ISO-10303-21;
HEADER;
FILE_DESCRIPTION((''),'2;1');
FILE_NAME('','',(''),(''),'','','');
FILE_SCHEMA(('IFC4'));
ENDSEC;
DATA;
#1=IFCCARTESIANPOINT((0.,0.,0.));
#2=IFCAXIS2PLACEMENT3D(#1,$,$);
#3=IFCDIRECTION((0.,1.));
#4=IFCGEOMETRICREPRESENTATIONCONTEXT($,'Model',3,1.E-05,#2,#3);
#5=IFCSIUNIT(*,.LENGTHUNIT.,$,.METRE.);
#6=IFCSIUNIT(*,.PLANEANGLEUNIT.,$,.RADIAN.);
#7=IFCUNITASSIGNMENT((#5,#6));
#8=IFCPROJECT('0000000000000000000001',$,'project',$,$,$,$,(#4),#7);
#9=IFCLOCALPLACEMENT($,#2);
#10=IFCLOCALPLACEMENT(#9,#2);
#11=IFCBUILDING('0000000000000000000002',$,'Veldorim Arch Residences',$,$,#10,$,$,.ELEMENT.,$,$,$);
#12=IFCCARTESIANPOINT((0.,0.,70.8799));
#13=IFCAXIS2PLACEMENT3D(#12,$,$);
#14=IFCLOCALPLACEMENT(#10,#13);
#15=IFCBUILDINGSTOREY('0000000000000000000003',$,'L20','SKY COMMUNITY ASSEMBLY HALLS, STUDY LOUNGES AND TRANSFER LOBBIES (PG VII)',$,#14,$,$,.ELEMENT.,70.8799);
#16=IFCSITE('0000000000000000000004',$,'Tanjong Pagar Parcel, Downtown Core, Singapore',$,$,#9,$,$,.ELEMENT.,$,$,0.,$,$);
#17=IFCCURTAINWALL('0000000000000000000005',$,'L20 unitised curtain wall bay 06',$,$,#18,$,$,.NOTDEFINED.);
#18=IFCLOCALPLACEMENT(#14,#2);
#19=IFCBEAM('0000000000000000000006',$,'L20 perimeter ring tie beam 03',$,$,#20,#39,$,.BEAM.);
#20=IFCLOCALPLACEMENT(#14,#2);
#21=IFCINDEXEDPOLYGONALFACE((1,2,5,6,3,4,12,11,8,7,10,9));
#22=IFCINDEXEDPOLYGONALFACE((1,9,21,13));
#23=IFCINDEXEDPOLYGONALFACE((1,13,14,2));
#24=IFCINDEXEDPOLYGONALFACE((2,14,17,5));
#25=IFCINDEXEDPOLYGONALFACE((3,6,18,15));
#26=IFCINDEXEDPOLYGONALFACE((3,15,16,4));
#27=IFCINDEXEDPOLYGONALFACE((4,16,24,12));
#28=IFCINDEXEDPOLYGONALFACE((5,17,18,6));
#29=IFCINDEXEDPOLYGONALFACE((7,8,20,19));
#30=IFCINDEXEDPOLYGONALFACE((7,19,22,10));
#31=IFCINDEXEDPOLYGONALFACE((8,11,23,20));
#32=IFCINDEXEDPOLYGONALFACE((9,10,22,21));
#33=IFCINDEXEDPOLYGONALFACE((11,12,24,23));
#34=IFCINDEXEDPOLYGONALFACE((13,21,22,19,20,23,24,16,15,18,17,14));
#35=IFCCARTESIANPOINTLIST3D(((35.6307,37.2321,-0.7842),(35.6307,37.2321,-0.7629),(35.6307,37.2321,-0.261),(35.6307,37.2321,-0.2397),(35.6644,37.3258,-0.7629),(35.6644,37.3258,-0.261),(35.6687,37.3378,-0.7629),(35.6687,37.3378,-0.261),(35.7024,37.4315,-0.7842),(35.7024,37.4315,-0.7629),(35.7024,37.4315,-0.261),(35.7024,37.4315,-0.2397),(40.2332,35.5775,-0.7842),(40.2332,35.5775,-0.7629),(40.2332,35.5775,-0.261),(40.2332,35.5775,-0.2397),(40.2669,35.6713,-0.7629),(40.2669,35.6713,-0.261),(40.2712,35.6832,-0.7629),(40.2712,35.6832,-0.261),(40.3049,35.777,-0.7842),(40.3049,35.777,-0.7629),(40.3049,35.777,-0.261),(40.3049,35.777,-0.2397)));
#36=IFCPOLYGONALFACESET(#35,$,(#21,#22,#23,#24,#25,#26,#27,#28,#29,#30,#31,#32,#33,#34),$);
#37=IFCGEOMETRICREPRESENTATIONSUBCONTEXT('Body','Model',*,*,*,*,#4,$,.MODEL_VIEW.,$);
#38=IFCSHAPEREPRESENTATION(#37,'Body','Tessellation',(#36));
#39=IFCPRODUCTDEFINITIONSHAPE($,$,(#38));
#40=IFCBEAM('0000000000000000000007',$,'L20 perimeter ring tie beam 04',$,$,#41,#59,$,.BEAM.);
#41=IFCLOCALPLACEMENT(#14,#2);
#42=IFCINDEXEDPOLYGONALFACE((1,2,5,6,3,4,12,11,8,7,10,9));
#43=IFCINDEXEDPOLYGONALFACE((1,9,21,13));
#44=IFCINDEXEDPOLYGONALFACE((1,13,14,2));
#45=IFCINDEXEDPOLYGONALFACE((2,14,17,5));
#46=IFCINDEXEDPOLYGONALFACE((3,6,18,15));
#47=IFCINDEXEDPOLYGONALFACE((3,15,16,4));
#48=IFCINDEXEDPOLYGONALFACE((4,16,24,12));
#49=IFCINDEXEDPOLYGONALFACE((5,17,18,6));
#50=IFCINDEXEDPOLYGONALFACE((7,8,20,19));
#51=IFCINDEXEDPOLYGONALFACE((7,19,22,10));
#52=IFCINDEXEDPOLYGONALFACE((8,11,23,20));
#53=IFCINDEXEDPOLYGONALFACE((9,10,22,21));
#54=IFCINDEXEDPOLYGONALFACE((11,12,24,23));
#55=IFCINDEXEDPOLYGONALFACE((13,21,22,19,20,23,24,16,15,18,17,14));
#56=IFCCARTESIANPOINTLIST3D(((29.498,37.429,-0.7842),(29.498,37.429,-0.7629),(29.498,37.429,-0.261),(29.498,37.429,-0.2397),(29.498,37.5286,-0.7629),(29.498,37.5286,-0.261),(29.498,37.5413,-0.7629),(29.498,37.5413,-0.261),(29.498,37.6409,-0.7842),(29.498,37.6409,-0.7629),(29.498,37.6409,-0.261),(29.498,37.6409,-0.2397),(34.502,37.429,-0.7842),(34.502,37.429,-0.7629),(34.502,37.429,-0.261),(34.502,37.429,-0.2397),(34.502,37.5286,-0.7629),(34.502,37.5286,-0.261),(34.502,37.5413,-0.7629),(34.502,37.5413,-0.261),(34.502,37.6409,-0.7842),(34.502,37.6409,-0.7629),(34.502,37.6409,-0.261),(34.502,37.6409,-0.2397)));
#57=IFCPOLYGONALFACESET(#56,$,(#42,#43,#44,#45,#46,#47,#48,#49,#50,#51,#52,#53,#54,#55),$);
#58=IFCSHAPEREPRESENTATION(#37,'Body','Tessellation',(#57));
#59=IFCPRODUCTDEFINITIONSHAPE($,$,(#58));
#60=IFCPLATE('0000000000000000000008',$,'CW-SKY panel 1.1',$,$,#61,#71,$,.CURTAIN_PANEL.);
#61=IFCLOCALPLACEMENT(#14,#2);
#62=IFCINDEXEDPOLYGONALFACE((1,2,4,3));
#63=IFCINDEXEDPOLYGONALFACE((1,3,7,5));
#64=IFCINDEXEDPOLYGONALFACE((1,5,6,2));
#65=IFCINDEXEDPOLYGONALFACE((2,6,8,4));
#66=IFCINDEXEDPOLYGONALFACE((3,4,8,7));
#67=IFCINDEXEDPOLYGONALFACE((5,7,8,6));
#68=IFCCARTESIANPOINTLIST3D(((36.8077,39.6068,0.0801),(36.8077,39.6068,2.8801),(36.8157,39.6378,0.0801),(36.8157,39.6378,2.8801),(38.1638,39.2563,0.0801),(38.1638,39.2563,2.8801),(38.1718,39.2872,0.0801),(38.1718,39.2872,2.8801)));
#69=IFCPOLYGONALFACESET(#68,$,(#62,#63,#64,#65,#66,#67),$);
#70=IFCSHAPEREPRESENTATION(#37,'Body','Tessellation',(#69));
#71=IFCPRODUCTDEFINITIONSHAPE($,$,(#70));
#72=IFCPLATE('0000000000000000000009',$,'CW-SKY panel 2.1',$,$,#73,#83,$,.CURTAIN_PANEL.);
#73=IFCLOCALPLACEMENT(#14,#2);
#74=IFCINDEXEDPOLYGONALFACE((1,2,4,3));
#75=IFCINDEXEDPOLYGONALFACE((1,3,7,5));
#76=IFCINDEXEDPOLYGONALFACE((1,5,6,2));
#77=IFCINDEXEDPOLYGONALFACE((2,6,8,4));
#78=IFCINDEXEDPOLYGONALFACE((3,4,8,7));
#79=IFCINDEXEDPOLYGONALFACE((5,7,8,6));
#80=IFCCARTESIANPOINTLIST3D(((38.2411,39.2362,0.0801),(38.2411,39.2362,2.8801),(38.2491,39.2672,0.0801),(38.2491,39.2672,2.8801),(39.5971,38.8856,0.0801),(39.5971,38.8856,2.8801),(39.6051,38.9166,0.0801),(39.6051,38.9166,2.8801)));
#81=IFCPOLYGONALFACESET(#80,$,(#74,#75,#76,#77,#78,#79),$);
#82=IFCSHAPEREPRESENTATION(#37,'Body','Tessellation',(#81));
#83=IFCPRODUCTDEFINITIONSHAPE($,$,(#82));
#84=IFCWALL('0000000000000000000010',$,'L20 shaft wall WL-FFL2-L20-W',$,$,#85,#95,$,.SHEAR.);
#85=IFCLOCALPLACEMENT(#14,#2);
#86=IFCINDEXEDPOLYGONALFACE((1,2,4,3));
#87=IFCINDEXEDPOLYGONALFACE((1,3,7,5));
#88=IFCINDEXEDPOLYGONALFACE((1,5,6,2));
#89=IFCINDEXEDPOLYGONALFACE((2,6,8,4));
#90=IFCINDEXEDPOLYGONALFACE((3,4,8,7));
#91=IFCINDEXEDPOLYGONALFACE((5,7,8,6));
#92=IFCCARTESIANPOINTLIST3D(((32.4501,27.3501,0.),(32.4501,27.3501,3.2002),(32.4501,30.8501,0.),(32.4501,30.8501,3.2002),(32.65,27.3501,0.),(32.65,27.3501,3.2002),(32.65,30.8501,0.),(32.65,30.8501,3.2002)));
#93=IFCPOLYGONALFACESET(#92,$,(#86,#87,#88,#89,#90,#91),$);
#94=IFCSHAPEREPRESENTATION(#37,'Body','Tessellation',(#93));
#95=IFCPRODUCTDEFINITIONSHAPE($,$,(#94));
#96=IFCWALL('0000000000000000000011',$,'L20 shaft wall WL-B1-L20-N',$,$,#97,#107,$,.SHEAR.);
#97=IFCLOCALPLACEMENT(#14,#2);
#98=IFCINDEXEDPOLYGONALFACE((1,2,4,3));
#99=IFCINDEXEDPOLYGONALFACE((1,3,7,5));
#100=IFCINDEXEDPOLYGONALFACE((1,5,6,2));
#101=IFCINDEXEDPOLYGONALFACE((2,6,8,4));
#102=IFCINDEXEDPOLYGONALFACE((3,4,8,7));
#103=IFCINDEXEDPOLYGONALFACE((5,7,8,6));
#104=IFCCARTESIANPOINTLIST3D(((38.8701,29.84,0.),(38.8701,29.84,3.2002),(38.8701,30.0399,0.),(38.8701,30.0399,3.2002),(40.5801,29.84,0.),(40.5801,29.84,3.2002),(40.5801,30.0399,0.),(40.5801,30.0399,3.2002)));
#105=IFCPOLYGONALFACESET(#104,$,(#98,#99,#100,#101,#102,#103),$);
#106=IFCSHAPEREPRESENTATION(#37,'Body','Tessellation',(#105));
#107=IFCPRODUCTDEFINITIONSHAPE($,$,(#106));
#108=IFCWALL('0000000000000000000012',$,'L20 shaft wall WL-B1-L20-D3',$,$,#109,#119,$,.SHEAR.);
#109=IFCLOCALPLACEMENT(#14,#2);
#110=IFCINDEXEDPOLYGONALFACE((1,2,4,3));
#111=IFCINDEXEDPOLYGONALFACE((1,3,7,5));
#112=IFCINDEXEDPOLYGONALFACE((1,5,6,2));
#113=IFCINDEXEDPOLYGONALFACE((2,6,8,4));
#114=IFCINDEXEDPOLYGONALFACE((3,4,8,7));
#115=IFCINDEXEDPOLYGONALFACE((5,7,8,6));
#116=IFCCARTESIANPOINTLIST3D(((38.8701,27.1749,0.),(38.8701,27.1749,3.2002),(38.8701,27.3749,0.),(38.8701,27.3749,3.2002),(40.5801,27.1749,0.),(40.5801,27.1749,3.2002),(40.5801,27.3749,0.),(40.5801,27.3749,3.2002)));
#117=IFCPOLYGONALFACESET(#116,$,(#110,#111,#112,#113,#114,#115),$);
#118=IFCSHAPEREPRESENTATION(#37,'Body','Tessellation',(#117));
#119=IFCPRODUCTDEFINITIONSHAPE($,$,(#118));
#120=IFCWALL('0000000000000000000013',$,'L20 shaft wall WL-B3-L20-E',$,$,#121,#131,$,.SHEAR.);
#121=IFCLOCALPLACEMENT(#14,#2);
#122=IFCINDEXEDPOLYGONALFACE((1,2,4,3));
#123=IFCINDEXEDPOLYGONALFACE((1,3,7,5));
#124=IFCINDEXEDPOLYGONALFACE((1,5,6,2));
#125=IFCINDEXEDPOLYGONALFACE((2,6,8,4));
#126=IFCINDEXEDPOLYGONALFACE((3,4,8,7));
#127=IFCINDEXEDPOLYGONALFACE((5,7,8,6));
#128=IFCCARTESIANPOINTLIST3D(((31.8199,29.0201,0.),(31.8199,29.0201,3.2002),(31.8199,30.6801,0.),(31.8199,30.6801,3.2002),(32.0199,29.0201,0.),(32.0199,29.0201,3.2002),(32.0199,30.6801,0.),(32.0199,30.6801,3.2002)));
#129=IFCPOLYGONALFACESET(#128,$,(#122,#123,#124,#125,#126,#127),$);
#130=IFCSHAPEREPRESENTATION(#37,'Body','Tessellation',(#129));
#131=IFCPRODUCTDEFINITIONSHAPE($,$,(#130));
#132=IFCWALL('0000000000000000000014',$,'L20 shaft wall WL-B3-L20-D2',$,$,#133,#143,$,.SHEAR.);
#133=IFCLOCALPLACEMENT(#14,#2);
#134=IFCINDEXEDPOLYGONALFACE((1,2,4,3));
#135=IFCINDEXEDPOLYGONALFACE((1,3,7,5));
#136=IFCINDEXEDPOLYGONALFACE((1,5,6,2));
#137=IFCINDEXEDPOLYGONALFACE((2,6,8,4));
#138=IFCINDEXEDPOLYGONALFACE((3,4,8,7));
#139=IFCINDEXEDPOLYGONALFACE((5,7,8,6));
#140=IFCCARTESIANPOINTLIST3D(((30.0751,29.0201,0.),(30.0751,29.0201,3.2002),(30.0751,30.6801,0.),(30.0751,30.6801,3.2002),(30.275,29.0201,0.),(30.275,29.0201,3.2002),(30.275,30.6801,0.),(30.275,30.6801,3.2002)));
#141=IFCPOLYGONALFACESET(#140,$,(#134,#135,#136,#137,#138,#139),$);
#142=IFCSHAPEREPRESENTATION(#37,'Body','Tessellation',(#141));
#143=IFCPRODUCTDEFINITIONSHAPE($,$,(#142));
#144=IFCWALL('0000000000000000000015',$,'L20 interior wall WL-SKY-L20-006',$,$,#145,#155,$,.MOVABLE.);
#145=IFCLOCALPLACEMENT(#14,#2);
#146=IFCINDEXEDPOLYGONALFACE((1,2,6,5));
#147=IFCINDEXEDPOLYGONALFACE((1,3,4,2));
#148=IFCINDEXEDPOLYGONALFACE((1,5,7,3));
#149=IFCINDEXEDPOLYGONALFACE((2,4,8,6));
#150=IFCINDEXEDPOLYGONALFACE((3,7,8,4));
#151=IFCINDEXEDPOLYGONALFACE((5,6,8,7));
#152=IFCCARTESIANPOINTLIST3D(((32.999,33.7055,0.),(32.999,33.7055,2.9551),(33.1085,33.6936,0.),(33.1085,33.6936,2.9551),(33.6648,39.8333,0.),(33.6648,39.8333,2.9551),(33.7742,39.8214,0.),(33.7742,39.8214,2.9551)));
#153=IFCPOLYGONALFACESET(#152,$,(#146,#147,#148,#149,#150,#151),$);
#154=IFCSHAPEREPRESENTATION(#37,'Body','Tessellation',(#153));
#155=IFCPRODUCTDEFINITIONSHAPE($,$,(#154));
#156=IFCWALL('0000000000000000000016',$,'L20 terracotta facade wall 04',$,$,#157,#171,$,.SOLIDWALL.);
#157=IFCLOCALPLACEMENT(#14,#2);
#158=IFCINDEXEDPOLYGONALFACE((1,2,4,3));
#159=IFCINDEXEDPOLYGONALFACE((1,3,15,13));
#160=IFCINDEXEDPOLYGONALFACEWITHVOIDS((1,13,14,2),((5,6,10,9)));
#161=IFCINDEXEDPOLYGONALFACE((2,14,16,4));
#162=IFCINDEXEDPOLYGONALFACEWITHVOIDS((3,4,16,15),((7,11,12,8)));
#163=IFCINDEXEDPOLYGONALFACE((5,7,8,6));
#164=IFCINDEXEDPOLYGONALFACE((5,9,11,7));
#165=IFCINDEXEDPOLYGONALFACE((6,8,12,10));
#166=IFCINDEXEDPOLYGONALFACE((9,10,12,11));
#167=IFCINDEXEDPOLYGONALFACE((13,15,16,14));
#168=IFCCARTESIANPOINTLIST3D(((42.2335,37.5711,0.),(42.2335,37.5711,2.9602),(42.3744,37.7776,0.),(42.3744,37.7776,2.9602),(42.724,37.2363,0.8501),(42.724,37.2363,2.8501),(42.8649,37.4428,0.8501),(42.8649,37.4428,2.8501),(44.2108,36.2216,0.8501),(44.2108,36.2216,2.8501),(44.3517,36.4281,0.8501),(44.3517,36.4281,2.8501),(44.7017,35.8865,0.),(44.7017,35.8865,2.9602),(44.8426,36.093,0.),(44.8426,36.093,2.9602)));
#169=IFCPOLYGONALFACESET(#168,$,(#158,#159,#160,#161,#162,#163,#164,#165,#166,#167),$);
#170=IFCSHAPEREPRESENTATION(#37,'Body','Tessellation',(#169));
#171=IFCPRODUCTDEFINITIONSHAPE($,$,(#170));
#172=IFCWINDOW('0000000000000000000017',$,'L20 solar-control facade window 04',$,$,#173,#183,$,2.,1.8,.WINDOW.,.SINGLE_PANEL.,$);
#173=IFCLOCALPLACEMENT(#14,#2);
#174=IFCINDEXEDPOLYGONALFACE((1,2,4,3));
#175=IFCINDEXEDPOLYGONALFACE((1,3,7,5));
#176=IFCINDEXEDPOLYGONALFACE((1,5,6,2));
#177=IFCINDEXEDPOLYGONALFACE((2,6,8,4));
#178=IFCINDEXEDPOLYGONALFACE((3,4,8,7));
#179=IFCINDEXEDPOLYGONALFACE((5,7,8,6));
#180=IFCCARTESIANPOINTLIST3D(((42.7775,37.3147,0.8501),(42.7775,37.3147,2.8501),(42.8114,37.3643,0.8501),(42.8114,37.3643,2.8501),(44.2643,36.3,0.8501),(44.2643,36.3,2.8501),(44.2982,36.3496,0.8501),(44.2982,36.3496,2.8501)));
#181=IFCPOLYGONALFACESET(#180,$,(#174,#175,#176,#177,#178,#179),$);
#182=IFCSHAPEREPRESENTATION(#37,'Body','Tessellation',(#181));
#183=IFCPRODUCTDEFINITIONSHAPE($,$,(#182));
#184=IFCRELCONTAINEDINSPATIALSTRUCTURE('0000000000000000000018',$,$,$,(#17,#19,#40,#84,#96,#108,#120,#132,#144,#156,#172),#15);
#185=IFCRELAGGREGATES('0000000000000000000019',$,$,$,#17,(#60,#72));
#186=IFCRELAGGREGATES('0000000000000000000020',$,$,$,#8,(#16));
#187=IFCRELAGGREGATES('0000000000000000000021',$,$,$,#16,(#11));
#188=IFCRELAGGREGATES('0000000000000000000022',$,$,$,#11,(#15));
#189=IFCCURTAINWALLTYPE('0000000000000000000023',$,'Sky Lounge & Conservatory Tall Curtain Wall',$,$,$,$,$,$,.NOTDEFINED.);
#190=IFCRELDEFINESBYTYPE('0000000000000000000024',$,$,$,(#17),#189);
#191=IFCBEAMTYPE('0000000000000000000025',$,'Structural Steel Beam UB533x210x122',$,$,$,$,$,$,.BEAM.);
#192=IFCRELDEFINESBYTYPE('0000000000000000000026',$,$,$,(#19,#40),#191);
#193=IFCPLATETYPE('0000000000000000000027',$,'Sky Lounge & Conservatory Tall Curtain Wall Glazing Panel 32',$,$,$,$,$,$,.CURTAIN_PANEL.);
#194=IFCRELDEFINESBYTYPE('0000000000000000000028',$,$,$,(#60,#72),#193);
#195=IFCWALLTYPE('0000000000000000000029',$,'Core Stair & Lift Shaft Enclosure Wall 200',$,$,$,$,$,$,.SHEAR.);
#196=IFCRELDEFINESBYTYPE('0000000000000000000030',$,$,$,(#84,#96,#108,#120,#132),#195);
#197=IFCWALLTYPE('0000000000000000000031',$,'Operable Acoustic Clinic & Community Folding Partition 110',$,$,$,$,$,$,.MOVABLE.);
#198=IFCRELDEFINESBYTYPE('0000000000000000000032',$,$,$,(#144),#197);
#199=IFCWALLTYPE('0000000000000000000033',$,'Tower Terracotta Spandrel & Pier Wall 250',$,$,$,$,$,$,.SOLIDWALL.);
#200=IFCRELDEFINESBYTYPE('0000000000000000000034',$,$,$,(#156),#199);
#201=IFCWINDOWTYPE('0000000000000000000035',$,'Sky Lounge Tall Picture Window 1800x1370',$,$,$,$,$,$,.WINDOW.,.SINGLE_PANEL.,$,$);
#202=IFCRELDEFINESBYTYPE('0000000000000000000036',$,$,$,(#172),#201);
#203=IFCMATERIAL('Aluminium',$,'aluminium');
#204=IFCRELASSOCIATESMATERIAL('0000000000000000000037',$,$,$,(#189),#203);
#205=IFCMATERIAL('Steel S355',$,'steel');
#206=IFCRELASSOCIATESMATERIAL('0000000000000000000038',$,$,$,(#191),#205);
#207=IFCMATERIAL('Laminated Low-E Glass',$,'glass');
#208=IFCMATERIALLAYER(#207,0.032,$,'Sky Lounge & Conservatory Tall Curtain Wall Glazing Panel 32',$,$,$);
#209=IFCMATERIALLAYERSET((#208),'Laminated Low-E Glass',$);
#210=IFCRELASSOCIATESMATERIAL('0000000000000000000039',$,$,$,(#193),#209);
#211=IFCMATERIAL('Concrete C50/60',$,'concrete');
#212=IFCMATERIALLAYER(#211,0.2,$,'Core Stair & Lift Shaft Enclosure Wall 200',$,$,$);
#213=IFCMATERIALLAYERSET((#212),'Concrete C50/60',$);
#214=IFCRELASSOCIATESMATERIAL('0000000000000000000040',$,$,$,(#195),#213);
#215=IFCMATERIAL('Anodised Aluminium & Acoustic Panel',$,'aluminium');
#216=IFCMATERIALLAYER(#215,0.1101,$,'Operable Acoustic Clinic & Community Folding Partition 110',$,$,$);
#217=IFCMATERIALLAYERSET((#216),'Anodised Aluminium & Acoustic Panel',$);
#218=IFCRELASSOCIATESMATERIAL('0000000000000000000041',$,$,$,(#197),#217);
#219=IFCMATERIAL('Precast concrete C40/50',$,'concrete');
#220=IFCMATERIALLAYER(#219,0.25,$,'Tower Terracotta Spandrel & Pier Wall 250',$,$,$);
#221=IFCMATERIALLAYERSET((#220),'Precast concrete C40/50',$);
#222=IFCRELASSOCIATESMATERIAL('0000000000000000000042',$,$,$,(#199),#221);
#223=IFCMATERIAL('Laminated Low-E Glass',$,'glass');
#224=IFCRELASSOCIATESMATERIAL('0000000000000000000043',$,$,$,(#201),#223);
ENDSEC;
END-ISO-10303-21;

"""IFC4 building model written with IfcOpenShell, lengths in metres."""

from ifc_helpers import new_model, si_unit, direction, frame, frame_2d, origin, origin_2d, place, context, subcontext, project, spatial, rectangle, i_section, extrude, material, layer, layer_set, material_profile, profile_set, type_object, element, fill, aggregate, save


model = new_model("IFC4")

# Units and contexts
model_context = context("Model", 3, precision=1e-05, world=origin(), true_north=direction((0.0, 1.0)))
body_context = subcontext(model_context, "Body", "Model", "MODEL_VIEW")
ifc_project = project(units=[si_unit("LENGTHUNIT", "METRE"), si_unit("PLANEANGLEUNIT", "RADIAN")], contexts=[model_context])

# Site, building, storey
site_placement = place(None, origin())
site = spatial("IfcSite", under=ifc_project, at=site_placement, Name="Tanjong Pagar Parcel, Downtown Core, Singapore", CompositionType="ELEMENT", RefElevation=0.0)
building_placement = place(site_placement, origin())
building = spatial("IfcBuilding", under=site, at=building_placement, Name="Veldorim Arch Residences", CompositionType="ELEMENT")
storey_placement = place(building_placement, frame((0.0, 0.0, 70.8799)))
storey = spatial("IfcBuildingStorey", under=building, at=storey_placement, Name="L20", Description="SKY COMMUNITY ASSEMBLY HALLS, STUDY LOUNGES AND TRANSFER LOBBIES (PG VII)", CompositionType="ELEMENT", Elevation=70.8799)

# Curtain wall
ifc_material_1 = material(Name="Aluminium", Category="aluminium")
curtain_wall_type = type_object("IfcCurtainWallType", Name="Sky Lounge & Conservatory Tall Curtain Wall", PredefinedType="NOTDEFINED", material=ifc_material_1)
curtain_wall_placement = place(storey_placement, origin())
curtain_wall = element("IfcCurtainWall", 1, at=curtain_wall_placement, inside=storey, type_object=curtain_wall_type, Name="L20 unitised curtain wall bay 06", PredefinedType="NOTDEFINED")

# Beams
ifc_material_2 = material(Name="Steel S355", Category="steel")
ifc_material_profile_1 = material_profile(ifc_material_2, i_section(OverallWidth=0.2119, OverallDepth=0.5444, WebThickness=0.0127, FlangeThickness=0.0212, at=origin_2d()), Name="UB533x210x122")
ifc_profile_set_1 = profile_set([ifc_material_profile_1], Name="Steel S355")
beam_type = type_object("IfcBeamType", Name="Structural Steel Beam UB533x210x122", PredefinedType="BEAM", material=ifc_profile_set_1)
beam_1_placement = place(storey_placement, frame((40.269, 35.6772, -0.512), z_axis=(-0.941042, 0.33829, 0.0), x_axis=(-0.33829, -0.941042, 0.0)))
element("IfcBeam", 2, at=beam_1_placement, inside=storey, type_object=beam_type, Name="L20 perimeter ring tie beam 03", PredefinedType="BEAM", context=body_context, shape_type="SweptSolid", body=[
    extrude(i_section(OverallWidth=0.2119, OverallDepth=0.5444, WebThickness=0.0127, FlangeThickness=0.0212, at=origin_2d()), origin(), (0.0, 0.0, 1.0), 4.8909),
])
beam_2_placement = place(storey_placement, frame((34.502, 37.5349, -0.512), z_axis=(-1.0, 0.0, 0.0), x_axis=(0.0, -1.0, 0.0)))
element("IfcBeam", 3, at=beam_2_placement, inside=storey, type_object=beam_type, Name="L20 perimeter ring tie beam 04", PredefinedType="BEAM", context=body_context, shape_type="SweptSolid", body=[
    extrude(i_section(OverallWidth=0.2119, OverallDepth=0.5444, WebThickness=0.0127, FlangeThickness=0.0212, at=origin_2d()), origin(), (0.0, 0.0, 1.0), 5.0039),
])

# Plates
ifc_material_3 = material(Name="Laminated Low-E Glass", Category="glass")
ifc_layer_1 = layer(ifc_material_3, 0.032, Name="Sky Lounge & Conservatory Tall Curtain Wall Glazing Panel 32")
ifc_layer_set_1 = layer_set([ifc_layer_1], Name="Laminated Low-E Glass")
plate_type = type_object("IfcPlateType", Name="Sky Lounge & Conservatory Tall Curtain Wall Glazing Panel 32", PredefinedType="CURTAIN_PANEL", material=ifc_layer_set_1)
plate_1_placement = place(storey_placement, frame((37.4897, 39.447, 0.0801), z_axis=(0.0, 0.0, 1.0), x_axis=(0.968169, -0.250296, 0.0)))
plate_1 = element("IfcPlate", 4, at=plate_1_placement, type_object=plate_type, Name="CW-SKY panel 1.1", PredefinedType="CURTAIN_PANEL", context=body_context, shape_type="SweptSolid", body=[
    extrude(rectangle(XDim=1.4006, YDim=0.032, at=origin_2d()), origin(), (0.0, 0.0, 1.0), 2.8),
])
plate_2_placement = place(storey_placement, frame((38.9231, 39.0764, 0.0801), z_axis=(0.0, 0.0, 1.0), x_axis=(0.968169, -0.250296, 0.0)))
plate_2 = element("IfcPlate", 5, at=plate_2_placement, type_object=plate_type, Name="CW-SKY panel 2.1", PredefinedType="CURTAIN_PANEL", context=body_context, shape_type="SweptSolid", body=[
    extrude(rectangle(XDim=1.4006, YDim=0.032, at=origin_2d()), origin(), (0.0, 0.0, 1.0), 2.8),
])
aggregate(curtain_wall, [plate_1, plate_2])

# Shared definitions
ifc_material_4 = material(Name="Concrete C50/60", Category="concrete")
ifc_layer_2 = layer(ifc_material_4, 0.2, Name="Core Stair & Lift Shaft Enclosure Wall 200")
ifc_layer_set_2 = layer_set([ifc_layer_2], Name="Concrete C50/60")
wall_type_1 = type_object("IfcWallType", Name="Core Stair & Lift Shaft Enclosure Wall 200", PredefinedType="SHEAR", material=ifc_layer_set_2)

# Walls
wall_1_placement = place(storey_placement, frame((32.55, 27.3501, 0.0), z_axis=(0.0, 0.0, 1.0), x_axis=(0.0, 1.0, 0.0)))
element("IfcWall", 6, at=wall_1_placement, inside=storey, type_object=wall_type_1, Name="L20 shaft wall WL-FFL2-L20-W", PredefinedType="SHEAR", context=body_context, shape_type="SweptSolid", body=[
    extrude(rectangle(XDim=3.5, YDim=0.2, at=frame_2d((1.75, 0.0))), origin(), (0.0, 0.0, 1.0), 3.2002),
])
for number, where, z_axis, x_axis, name in (
    (7, (38.8701, 29.9399, 0.0), (0.0, 0.0, 1.0), (1.0, 0.0, 0.0), "L20 shaft wall WL-B1-L20-N"),
    (8, (38.8701, 27.2749, 0.0), (0.0, 0.0, 1.0), (1.0, 0.0, 0.0), "L20 shaft wall WL-B1-L20-D3"),
):
    element("IfcWall", number, at=place(storey_placement, frame(where, z_axis=z_axis, x_axis=x_axis)), inside=storey, type_object=wall_type_1, Name=name, PredefinedType="SHEAR", context=body_context, shape_type="SweptSolid", body=[
        extrude(rectangle(XDim=1.71, YDim=0.2, at=frame_2d((0.855, 0.0))), origin(), (0.0, 0.0, 1.0), 3.2002),
    ])
for number, where, z_axis, x_axis, name in (
    (9, (31.9199, 29.02, 0.0), (0.0, 0.0, 1.0), (0.0, 1.0, 0.0), "L20 shaft wall WL-B3-L20-E"),
    (10, (30.175, 29.02, 0.0), (0.0, 0.0, 1.0), (0.0, 1.0, 0.0), "L20 shaft wall WL-B3-L20-D2"),
):
    element("IfcWall", number, at=place(storey_placement, frame(where, z_axis=z_axis, x_axis=x_axis)), inside=storey, type_object=wall_type_1, Name=name, PredefinedType="SHEAR", context=body_context, shape_type="SweptSolid", body=[
        extrude(rectangle(XDim=1.6599, YDim=0.2, at=frame_2d((0.8301, 0.0))), origin(), (0.0, 0.0, 1.0), 3.2002),
    ])
ifc_material_5 = material(Name="Anodised Aluminium & Acoustic Panel", Category="aluminium")
ifc_layer_3 = layer(ifc_material_5, 0.1101, Name="Operable Acoustic Clinic & Community Folding Partition 110")
ifc_layer_set_3 = layer_set([ifc_layer_3], Name="Anodised Aluminium & Acoustic Panel")
wall_type_2 = type_object("IfcWallType", Name="Operable Acoustic Clinic & Community Folding Partition 110", PredefinedType="MOVABLE", material=ifc_layer_set_3)
wall_2_placement = place(storey_placement, frame((33.0537, 33.6995, 0.0), z_axis=(0.0, 0.0, 1.0), x_axis=(0.108014, 0.994149, 0.0)))
element("IfcWall", 11, at=wall_2_placement, inside=storey, type_object=wall_type_2, Name="L20 interior wall WL-SKY-L20-006", PredefinedType="MOVABLE", context=body_context, shape_type="SweptSolid", body=[
    extrude(rectangle(XDim=6.1638, YDim=0.1101, at=frame_2d((3.082, 0.0))), origin(), (0.0, 0.0, 1.0), 2.9551),
])

# Wall, opening, window
ifc_material_6 = material(Name="Precast concrete C40/50", Category="concrete")
ifc_layer_4 = layer(ifc_material_6, 0.25, Name="Tower Terracotta Spandrel & Pier Wall 250")
ifc_layer_set_4 = layer_set([ifc_layer_4], Name="Precast concrete C40/50")
wall_type_3 = type_object("IfcWallType", Name="Tower Terracotta Spandrel & Pier Wall 250", PredefinedType="SOLIDWALL", material=ifc_layer_set_4)
wall_3_placement = place(storey_placement, frame((42.304, 37.6743, 0.0), z_axis=(0.0, 0.0, 1.0), x_axis=(0.825968, -0.563717, 0.0)))
wall_3 = element("IfcWall", 12, at=wall_3_placement, inside=storey, type_object=wall_type_3, Name="L20 terracotta facade wall 04", PredefinedType="SOLIDWALL", context=body_context, shape_type="SweptSolid", body=[
    extrude(rectangle(XDim=2.9883, YDim=0.25, at=frame_2d((1.4941, 0.0))), origin(), (0.0, 0.0, 1.0), 2.9602),
])
opening_1_placement = place(wall_3_placement, frame((0.594, 0.0, 0.8501)))
opening_1 = element("IfcOpeningElement", 13, at=opening_1_placement, cuts=wall_3, PredefinedType="OPENING", context=body_context, shape_type="SweptSolid", body=[
    extrude(rectangle(XDim=1.8, YDim=2.0, at=frame_2d((0.8999, 1.0))), frame((0.0, 0.135, 0.0), z_axis=(0.0, -1.0, 0.0), x_axis=(1.0, 0.0, 0.0)), (0.0, 0.0, 1.0), 0.27),
])
ifc_material_7 = material(Name="Laminated Low-E Glass", Category="glass")
window_type = type_object("IfcWindowType", Name="Sky Lounge Tall Picture Window 1800x1370", PartitioningType="SINGLE_PANEL", PredefinedType="WINDOW", material=ifc_material_7)
window_1_placement = place(opening_1_placement, origin())
window_1 = element("IfcWindow", 14, at=window_1_placement, inside=storey, type_object=window_type, Name="L20 solar-control facade window 04", OverallHeight=2.0, OverallWidth=1.8, PartitioningType="SINGLE_PANEL", PredefinedType="WINDOW", context=body_context, shape_type="SweptSolid", body=[
    extrude(rectangle(XDim=1.8, YDim=2.0, at=frame_2d((0.8999, 1.0))), frame((0.0, 0.03, 0.0), z_axis=(0.0, -1.0, 0.0), x_axis=(1.0, 0.0, 0.0)), (0.0, 0.0, 1.0), 0.0601),
])
fill(opening_1, window_1)

save(model, "model.ifc")
